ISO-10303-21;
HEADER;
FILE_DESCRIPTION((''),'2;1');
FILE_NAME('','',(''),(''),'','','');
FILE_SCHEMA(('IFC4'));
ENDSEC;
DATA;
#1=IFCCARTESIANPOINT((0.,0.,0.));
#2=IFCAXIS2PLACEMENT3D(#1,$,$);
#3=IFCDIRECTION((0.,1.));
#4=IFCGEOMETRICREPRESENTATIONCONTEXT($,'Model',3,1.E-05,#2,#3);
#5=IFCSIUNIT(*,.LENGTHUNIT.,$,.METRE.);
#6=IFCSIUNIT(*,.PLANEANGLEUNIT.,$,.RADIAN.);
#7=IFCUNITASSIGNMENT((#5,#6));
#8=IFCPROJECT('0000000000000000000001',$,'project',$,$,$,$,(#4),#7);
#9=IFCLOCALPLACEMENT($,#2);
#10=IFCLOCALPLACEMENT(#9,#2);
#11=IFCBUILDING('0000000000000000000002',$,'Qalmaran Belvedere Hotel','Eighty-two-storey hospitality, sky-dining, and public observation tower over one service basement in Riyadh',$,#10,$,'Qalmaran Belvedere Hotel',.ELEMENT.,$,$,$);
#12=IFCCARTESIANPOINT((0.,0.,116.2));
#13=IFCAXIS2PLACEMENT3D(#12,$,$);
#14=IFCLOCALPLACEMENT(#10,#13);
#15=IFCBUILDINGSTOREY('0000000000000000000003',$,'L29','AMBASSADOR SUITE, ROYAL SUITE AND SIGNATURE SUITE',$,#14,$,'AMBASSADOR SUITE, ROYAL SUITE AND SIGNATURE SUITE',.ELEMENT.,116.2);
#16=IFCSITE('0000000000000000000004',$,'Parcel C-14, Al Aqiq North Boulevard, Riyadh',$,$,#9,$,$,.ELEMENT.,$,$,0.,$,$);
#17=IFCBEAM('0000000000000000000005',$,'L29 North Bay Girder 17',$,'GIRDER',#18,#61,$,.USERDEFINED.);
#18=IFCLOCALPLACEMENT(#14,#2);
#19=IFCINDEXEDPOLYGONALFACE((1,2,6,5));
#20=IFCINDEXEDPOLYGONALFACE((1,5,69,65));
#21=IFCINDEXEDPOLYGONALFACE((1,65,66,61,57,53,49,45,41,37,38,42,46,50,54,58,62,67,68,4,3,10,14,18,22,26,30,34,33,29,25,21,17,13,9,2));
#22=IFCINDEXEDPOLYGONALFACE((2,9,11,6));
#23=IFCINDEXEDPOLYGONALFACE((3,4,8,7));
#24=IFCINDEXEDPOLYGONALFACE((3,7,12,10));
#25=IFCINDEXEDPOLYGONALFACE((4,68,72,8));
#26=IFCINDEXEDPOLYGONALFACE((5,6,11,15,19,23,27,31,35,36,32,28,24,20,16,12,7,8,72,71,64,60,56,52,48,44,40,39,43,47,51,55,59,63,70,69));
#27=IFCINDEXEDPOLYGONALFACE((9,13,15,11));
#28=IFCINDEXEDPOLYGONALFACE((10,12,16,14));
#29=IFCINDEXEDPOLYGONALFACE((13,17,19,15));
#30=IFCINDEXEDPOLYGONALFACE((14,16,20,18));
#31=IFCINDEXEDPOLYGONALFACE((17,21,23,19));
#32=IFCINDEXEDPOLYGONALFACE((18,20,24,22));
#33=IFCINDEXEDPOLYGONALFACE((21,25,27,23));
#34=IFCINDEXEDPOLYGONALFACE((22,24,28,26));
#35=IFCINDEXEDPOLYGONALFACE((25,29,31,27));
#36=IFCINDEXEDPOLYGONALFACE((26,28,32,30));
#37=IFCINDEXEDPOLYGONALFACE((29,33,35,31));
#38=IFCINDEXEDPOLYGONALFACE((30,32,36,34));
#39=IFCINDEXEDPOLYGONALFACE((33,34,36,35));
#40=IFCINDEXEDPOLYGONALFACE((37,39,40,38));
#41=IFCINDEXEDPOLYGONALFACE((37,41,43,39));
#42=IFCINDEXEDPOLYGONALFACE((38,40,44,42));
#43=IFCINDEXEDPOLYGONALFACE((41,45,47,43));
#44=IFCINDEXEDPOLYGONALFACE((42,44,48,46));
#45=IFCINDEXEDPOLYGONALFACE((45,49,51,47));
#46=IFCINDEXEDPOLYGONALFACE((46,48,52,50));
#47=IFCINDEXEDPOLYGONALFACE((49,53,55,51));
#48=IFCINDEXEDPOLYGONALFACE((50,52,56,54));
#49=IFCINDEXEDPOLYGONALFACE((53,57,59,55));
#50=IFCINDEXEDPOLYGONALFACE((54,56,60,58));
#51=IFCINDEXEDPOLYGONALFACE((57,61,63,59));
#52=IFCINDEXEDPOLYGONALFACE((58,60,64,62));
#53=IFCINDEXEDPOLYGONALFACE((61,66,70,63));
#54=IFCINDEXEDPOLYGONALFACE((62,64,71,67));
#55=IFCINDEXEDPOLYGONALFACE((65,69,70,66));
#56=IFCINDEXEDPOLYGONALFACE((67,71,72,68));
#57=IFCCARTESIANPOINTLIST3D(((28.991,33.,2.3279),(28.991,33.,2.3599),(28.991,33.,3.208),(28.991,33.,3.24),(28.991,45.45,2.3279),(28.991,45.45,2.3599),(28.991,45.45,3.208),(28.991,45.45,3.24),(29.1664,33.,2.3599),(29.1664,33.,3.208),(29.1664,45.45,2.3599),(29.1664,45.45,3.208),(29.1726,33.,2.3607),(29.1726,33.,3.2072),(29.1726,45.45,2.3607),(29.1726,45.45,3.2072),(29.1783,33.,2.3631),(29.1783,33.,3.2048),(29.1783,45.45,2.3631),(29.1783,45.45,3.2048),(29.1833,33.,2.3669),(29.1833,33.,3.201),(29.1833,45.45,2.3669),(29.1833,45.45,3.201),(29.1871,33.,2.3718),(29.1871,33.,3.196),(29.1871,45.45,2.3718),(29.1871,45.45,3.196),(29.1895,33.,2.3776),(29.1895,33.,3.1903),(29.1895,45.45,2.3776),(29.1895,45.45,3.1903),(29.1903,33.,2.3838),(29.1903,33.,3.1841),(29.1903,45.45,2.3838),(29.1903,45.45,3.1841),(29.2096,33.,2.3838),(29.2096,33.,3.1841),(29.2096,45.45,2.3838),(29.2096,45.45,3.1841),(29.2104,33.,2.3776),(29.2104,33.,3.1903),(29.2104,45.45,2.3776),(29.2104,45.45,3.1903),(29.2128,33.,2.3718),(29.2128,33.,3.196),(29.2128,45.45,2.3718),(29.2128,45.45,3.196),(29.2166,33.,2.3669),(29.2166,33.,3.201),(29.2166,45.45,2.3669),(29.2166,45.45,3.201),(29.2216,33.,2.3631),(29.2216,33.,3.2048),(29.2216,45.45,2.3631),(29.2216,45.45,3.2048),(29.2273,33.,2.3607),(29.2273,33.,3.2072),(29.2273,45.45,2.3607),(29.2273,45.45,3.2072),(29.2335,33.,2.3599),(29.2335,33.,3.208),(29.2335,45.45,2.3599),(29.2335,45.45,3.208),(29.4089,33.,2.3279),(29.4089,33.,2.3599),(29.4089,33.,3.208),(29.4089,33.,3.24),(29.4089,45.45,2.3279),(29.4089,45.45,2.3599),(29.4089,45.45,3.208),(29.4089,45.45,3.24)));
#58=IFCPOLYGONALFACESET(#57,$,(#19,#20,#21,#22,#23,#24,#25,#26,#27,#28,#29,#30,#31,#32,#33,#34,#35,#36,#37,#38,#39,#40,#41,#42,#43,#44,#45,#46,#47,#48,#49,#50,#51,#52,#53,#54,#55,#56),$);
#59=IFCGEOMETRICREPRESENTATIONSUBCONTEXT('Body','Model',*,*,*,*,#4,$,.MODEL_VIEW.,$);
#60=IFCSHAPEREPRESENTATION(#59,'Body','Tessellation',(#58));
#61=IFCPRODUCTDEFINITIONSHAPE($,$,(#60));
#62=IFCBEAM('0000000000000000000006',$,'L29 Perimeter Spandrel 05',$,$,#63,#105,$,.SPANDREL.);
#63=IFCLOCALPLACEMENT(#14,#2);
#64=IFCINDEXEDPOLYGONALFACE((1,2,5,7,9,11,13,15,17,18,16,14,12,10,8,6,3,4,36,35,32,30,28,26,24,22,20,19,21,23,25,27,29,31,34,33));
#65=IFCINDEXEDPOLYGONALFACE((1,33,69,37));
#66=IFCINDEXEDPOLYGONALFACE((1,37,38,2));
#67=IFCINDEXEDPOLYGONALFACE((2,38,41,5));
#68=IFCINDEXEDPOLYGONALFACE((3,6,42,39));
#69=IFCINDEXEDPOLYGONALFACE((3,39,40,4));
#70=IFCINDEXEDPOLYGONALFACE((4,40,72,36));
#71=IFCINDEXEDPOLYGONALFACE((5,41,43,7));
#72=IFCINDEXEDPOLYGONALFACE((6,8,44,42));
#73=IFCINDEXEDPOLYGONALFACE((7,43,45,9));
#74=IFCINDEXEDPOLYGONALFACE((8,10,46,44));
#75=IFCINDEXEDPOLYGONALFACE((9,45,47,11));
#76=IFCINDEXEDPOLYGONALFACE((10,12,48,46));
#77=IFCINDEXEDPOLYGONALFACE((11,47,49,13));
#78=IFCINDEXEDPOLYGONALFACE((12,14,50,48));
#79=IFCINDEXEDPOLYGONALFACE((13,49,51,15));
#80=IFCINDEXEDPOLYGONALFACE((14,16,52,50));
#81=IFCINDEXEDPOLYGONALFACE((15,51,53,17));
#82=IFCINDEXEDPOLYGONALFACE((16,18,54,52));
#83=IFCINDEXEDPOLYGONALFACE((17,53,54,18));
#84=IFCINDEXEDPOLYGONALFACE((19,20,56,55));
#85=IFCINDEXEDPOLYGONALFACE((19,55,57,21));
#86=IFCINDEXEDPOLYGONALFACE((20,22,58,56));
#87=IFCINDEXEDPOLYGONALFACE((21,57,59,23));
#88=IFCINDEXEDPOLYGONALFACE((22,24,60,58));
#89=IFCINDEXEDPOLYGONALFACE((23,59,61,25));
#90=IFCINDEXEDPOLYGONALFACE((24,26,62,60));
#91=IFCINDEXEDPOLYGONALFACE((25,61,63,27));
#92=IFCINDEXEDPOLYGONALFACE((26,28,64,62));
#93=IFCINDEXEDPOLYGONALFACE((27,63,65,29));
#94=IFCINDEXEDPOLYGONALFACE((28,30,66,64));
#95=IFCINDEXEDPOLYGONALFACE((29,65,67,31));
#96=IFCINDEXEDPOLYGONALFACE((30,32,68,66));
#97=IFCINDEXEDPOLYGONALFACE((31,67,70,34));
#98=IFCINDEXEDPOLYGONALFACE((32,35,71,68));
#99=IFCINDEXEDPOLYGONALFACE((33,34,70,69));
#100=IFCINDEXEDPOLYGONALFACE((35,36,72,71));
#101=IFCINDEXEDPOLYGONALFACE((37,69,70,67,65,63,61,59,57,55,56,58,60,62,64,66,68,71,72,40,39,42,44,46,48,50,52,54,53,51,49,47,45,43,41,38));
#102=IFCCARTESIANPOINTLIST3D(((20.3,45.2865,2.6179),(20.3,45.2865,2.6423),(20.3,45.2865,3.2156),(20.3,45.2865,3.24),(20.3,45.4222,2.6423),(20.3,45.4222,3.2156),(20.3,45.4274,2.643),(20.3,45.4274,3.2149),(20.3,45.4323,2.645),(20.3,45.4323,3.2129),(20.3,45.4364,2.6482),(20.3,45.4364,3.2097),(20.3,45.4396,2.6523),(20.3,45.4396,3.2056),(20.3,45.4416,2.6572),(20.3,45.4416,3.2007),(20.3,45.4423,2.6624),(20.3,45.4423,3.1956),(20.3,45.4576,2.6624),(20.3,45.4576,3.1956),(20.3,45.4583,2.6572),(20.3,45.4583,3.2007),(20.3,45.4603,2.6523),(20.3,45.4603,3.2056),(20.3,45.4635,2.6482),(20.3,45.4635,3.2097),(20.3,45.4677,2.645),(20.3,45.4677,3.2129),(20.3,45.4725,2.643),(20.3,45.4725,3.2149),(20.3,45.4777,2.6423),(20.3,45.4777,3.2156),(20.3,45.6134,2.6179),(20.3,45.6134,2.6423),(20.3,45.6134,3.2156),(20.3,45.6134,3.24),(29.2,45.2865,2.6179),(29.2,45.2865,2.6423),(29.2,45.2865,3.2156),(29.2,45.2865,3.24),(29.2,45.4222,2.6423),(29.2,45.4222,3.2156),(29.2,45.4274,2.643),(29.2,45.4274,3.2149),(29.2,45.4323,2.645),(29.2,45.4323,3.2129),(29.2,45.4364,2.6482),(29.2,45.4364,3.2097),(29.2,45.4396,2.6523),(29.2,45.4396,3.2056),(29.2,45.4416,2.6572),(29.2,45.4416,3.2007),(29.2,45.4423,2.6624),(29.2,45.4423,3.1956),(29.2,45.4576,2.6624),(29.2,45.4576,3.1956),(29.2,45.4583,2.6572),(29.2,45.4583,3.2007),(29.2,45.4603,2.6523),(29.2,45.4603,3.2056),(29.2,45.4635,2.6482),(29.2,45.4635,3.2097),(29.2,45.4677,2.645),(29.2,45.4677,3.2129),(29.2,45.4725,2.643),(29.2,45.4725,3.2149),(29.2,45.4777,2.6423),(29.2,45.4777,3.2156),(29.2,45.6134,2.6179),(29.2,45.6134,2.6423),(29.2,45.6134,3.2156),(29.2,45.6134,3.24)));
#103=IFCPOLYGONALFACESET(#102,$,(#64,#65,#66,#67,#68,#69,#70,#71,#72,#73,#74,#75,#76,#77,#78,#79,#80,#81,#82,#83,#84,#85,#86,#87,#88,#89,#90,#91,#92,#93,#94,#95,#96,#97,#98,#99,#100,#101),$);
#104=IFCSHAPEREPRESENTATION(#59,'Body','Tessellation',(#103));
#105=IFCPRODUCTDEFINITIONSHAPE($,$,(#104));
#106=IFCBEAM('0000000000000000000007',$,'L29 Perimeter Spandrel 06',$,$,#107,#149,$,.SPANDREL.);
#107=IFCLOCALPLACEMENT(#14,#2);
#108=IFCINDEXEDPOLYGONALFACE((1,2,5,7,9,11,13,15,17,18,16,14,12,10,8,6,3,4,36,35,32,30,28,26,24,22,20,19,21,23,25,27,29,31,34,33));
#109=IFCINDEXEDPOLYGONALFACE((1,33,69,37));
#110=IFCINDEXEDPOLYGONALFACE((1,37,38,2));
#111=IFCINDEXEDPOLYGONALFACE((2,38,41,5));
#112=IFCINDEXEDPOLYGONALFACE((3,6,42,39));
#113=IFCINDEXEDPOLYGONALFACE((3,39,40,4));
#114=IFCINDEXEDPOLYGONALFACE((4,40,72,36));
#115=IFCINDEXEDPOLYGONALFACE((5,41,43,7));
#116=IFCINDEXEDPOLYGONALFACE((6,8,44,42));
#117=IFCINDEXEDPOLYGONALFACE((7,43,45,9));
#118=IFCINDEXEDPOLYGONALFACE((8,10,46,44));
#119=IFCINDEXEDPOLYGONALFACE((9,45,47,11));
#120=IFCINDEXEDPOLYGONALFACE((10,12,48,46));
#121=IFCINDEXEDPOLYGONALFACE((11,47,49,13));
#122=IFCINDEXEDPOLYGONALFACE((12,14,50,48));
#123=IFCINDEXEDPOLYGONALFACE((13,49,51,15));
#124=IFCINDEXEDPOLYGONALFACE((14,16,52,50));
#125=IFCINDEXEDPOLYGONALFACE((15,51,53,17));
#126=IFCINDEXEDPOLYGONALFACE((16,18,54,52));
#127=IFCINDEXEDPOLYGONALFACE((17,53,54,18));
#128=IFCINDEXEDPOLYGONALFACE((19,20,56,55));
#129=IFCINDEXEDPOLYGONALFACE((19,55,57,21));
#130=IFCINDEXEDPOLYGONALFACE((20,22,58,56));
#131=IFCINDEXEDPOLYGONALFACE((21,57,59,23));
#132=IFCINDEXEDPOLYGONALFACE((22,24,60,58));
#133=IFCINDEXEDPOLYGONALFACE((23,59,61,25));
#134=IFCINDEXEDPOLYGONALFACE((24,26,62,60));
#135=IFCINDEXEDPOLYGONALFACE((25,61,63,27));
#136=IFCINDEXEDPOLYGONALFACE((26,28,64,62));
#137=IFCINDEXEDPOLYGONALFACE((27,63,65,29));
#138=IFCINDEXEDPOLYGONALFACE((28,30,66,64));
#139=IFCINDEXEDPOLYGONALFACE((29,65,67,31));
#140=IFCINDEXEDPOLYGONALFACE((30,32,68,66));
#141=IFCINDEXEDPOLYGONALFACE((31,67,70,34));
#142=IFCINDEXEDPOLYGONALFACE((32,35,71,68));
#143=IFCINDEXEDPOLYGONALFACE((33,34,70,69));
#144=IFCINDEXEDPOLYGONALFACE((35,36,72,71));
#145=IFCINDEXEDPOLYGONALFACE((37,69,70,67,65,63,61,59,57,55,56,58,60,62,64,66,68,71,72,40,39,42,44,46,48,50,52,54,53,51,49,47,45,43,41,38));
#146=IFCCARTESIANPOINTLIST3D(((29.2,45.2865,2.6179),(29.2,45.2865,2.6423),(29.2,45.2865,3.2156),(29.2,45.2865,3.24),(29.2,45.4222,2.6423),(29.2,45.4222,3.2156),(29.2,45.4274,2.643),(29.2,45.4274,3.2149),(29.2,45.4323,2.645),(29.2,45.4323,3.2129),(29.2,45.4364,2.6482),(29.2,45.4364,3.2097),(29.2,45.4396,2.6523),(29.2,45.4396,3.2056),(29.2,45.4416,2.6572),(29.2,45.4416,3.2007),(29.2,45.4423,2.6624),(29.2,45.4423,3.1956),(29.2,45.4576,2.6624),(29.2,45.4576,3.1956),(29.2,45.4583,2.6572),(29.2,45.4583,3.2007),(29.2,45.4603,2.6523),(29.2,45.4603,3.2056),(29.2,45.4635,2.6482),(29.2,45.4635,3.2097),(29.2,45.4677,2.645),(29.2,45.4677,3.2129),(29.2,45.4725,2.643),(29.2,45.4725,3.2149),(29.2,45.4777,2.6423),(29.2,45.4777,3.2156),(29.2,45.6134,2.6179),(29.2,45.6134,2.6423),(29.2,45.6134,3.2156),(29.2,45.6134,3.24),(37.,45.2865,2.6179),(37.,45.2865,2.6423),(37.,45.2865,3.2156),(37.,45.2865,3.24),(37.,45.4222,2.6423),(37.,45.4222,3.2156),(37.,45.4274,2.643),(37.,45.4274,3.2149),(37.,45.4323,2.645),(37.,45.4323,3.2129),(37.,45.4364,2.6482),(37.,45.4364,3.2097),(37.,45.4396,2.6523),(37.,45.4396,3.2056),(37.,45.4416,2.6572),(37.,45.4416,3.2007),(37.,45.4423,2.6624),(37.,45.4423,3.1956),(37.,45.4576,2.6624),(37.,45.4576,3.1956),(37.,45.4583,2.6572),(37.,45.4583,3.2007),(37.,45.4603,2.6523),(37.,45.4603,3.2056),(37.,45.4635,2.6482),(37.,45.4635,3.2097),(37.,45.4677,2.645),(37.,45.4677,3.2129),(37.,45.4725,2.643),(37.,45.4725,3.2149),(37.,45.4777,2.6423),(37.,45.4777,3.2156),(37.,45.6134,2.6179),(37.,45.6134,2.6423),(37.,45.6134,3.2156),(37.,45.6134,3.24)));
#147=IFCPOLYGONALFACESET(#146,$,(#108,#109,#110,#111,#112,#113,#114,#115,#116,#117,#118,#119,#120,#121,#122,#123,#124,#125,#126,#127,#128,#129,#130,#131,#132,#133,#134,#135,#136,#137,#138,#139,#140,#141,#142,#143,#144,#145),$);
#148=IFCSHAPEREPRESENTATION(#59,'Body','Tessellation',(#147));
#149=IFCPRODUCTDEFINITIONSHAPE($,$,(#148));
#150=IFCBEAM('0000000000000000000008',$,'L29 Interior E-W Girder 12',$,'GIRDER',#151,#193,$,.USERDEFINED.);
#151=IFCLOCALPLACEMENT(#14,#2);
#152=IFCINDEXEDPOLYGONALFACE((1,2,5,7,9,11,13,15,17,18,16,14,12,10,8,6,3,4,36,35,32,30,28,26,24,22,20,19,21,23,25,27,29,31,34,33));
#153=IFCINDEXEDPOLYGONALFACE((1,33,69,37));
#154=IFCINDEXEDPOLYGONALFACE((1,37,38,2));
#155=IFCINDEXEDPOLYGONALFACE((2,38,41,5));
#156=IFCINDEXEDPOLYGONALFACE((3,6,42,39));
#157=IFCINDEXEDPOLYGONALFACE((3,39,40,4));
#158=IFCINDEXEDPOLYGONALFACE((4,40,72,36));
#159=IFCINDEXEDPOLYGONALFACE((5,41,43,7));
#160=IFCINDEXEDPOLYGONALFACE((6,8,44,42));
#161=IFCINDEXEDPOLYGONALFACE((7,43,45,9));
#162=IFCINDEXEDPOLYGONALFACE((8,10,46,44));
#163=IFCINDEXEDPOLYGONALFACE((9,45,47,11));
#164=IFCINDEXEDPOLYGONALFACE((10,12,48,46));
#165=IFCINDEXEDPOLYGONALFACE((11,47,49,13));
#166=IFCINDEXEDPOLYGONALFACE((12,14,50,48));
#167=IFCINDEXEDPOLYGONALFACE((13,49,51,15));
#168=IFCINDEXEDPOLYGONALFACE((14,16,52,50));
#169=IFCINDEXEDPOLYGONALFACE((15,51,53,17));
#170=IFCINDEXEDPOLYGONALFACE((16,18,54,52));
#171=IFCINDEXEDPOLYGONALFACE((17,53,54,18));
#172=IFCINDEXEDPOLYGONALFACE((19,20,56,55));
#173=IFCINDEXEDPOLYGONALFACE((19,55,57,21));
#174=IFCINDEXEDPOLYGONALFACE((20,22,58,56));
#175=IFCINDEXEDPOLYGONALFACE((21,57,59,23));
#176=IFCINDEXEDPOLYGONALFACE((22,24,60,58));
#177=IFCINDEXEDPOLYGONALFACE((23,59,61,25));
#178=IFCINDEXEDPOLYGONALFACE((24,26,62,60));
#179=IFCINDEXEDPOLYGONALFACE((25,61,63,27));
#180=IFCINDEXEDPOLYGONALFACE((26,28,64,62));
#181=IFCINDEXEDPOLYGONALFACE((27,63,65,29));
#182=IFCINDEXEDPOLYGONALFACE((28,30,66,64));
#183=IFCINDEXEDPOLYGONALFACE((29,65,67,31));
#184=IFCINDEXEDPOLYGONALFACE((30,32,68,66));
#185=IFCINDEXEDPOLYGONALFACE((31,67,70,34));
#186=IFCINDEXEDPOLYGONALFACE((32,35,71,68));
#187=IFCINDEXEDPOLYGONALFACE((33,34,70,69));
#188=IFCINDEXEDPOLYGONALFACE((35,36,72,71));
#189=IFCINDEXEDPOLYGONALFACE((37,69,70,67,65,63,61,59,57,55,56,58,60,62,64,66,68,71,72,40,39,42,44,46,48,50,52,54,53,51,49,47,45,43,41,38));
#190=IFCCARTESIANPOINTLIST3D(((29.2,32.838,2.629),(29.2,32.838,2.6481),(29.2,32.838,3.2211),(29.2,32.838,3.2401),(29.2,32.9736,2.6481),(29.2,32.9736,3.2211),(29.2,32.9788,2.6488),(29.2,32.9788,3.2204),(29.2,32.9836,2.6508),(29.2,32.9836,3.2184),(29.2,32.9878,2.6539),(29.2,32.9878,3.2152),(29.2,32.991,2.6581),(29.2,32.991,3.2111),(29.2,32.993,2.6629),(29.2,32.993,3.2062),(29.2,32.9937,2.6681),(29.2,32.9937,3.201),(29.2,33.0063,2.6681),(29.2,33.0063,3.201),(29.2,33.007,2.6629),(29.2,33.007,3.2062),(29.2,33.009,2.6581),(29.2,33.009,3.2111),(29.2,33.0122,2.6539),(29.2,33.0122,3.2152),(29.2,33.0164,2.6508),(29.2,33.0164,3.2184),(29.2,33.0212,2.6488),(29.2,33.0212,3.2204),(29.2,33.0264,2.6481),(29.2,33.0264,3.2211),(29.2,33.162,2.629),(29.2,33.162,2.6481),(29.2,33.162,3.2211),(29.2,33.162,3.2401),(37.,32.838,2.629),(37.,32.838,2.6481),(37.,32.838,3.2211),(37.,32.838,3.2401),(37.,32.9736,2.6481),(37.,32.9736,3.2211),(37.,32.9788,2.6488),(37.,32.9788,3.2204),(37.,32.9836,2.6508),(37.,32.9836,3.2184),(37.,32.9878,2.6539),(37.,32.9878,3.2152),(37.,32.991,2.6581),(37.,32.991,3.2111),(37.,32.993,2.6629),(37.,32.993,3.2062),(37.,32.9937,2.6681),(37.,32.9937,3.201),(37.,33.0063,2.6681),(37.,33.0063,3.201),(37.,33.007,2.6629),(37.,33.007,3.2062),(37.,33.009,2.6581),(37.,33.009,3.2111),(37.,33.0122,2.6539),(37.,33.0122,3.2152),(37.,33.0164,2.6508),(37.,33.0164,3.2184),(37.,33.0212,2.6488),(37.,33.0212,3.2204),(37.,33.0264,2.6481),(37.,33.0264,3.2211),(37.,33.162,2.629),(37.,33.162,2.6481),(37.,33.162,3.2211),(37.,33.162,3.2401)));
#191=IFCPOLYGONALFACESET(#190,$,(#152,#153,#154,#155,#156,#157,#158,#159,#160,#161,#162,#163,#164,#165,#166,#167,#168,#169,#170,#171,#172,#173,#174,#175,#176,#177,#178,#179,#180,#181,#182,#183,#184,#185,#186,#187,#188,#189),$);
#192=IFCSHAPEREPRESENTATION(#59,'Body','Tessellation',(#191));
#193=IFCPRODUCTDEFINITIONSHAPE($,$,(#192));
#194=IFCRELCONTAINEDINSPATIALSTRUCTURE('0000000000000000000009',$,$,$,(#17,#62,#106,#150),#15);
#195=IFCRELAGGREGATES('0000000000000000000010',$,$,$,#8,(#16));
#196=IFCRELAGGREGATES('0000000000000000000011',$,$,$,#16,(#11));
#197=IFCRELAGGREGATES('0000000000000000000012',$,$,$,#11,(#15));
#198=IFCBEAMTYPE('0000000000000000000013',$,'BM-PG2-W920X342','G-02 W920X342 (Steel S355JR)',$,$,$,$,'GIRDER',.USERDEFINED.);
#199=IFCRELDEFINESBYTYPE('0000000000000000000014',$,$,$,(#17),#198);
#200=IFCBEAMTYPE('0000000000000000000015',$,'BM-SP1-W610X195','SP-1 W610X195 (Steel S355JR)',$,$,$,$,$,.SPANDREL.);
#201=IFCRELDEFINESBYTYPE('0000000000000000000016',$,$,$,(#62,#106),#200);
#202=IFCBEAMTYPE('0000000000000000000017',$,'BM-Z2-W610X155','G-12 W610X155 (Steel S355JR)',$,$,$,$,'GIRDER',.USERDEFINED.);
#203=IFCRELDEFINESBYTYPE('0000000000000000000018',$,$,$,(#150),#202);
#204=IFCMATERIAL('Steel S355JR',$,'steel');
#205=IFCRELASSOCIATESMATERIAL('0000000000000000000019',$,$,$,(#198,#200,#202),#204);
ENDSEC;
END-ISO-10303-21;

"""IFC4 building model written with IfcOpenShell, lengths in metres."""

from ifc_helpers import new_model, si_unit, direction, frame, origin, origin_2d, place, context, subcontext, project, spatial, i_section, extrude, material, material_profile, profile_set, type_object, element, save


model = new_model("IFC4")

# Units and contexts
model_context = context("Model", 3, precision=1e-05, world=origin(), true_north=direction((0.0, 1.0)))
body_context = subcontext(model_context, "Body", "Model", "MODEL_VIEW")
ifc_project = project(units=[si_unit("LENGTHUNIT", "METRE"), si_unit("PLANEANGLEUNIT", "RADIAN")], contexts=[model_context])

# Site, building, storey
site_placement = place(None, origin())
site = spatial("IfcSite", under=ifc_project, at=site_placement, Name="Parcel C-14, Al Aqiq North Boulevard, Riyadh", CompositionType="ELEMENT", RefElevation=0.0)
building_placement = place(site_placement, origin())
building = spatial("IfcBuilding", under=site, at=building_placement, Name="Qalmaran Belvedere Hotel", Description="Eighty-two-storey hospitality, sky-dining, and public observation tower over one service basement in Riyadh", LongName="Qalmaran Belvedere Hotel", CompositionType="ELEMENT")
storey_placement = place(building_placement, frame((0.0, 0.0, 116.2)))
storey = spatial("IfcBuildingStorey", under=building, at=storey_placement, Name="L29", Description="AMBASSADOR SUITE, ROYAL SUITE AND SIGNATURE SUITE", LongName="AMBASSADOR SUITE, ROYAL SUITE AND SIGNATURE SUITE", CompositionType="ELEMENT", Elevation=116.2)

# Beams
ifc_material_1 = material(Name="Steel S355JR", Category="steel")
ifc_material_profile_1 = material_profile(ifc_material_1, i_section(OverallWidth=0.418, OverallDepth=0.9121, WebThickness=0.0193, FlangeThickness=0.032, FilletRadius=0.0239, at=origin_2d()), Name="W920X342")
ifc_profile_set_1 = profile_set([ifc_material_profile_1], Name="Steel S355JR")
beam_type_1 = type_object("IfcBeamType", Name="BM-PG2-W920X342", Description="G-02 W920X342 (Steel S355JR)", ElementType="GIRDER", PredefinedType="USERDEFINED", material=ifc_profile_set_1)
beam_1_placement = place(storey_placement, frame((29.2, 33.0, 2.7839), z_axis=(0.0, 1.0, 0.0), x_axis=(-1.0, 0.0, 0.0)))
element("IfcBeam", 1, at=beam_1_placement, inside=storey, type_object=beam_type_1, Name="L29 North Bay Girder 17", ObjectType="GIRDER", PredefinedType="USERDEFINED", context=body_context, shape_type="SweptSolid", body=[
    extrude(i_section(OverallWidth=0.418, OverallDepth=0.9121, WebThickness=0.0193, FlangeThickness=0.032, FilletRadius=0.0239, at=origin_2d()), origin(), (0.0, 0.0, 1.0), 12.45),
])
ifc_material_profile_2 = material_profile(ifc_material_1, i_section(OverallWidth=0.3269, OverallDepth=0.6221, WebThickness=0.0154, FlangeThickness=0.0244, FilletRadius=0.02, at=origin_2d()), Name="W610X195")
ifc_profile_set_2 = profile_set([ifc_material_profile_2], Name="Steel S355JR")
beam_type_2 = type_object("IfcBeamType", Name="BM-SP1-W610X195", Description="SP-1 W610X195 (Steel S355JR)", PredefinedType="SPANDREL", material=ifc_profile_set_2)
beam_2_placement = place(storey_placement, frame((20.3, 45.45, 2.929), z_axis=(1.0, 0.0, 0.0), x_axis=(0.0, 1.0, 0.0)))
element("IfcBeam", 2, at=beam_2_placement, inside=storey, type_object=beam_type_2, Name="L29 Perimeter Spandrel 05", PredefinedType="SPANDREL", context=body_context, shape_type="SweptSolid", body=[
    extrude(i_section(OverallWidth=0.3269, OverallDepth=0.6221, WebThickness=0.0154, FlangeThickness=0.0244, FilletRadius=0.02, at=origin_2d()), origin(), (0.0, 0.0, 1.0), 8.8999),
])
beam_3_placement = place(storey_placement, frame((29.2, 45.45, 2.929), z_axis=(1.0, 0.0, 0.0), x_axis=(0.0, 1.0, 0.0)))
element("IfcBeam", 3, at=beam_3_placement, inside=storey, type_object=beam_type_2, Name="L29 Perimeter Spandrel 06", PredefinedType="SPANDREL", context=body_context, shape_type="SweptSolid", body=[
    extrude(i_section(OverallWidth=0.3269, OverallDepth=0.6221, WebThickness=0.0154, FlangeThickness=0.0244, FilletRadius=0.02, at=origin_2d()), origin(), (0.0, 0.0, 1.0), 7.8),
])
ifc_material_profile_3 = material_profile(ifc_material_1, i_section(OverallWidth=0.324, OverallDepth=0.6111, WebThickness=0.0127, FlangeThickness=0.019, FilletRadius=0.02, at=origin_2d()), Name="W610X155")
ifc_profile_set_3 = profile_set([ifc_material_profile_3], Name="Steel S355JR")
beam_type_3 = type_object("IfcBeamType", Name="BM-Z2-W610X155", Description="G-12 W610X155 (Steel S355JR)", ElementType="GIRDER", PredefinedType="USERDEFINED", material=ifc_profile_set_3)
beam_4_placement = place(storey_placement, frame((29.2, 33.0, 2.9346), z_axis=(1.0, 0.0, 0.0), x_axis=(0.0, 1.0, 0.0)))
element("IfcBeam", 4, at=beam_4_placement, inside=storey, type_object=beam_type_3, Name="L29 Interior E-W Girder 12", ObjectType="GIRDER", PredefinedType="USERDEFINED", context=body_context, shape_type="SweptSolid", body=[
    extrude(i_section(OverallWidth=0.324, OverallDepth=0.6111, WebThickness=0.0127, FlangeThickness=0.019, FilletRadius=0.02, at=origin_2d()), origin(), (0.0, 0.0, 1.0), 7.8),
])

save(model, "model.ifc")
